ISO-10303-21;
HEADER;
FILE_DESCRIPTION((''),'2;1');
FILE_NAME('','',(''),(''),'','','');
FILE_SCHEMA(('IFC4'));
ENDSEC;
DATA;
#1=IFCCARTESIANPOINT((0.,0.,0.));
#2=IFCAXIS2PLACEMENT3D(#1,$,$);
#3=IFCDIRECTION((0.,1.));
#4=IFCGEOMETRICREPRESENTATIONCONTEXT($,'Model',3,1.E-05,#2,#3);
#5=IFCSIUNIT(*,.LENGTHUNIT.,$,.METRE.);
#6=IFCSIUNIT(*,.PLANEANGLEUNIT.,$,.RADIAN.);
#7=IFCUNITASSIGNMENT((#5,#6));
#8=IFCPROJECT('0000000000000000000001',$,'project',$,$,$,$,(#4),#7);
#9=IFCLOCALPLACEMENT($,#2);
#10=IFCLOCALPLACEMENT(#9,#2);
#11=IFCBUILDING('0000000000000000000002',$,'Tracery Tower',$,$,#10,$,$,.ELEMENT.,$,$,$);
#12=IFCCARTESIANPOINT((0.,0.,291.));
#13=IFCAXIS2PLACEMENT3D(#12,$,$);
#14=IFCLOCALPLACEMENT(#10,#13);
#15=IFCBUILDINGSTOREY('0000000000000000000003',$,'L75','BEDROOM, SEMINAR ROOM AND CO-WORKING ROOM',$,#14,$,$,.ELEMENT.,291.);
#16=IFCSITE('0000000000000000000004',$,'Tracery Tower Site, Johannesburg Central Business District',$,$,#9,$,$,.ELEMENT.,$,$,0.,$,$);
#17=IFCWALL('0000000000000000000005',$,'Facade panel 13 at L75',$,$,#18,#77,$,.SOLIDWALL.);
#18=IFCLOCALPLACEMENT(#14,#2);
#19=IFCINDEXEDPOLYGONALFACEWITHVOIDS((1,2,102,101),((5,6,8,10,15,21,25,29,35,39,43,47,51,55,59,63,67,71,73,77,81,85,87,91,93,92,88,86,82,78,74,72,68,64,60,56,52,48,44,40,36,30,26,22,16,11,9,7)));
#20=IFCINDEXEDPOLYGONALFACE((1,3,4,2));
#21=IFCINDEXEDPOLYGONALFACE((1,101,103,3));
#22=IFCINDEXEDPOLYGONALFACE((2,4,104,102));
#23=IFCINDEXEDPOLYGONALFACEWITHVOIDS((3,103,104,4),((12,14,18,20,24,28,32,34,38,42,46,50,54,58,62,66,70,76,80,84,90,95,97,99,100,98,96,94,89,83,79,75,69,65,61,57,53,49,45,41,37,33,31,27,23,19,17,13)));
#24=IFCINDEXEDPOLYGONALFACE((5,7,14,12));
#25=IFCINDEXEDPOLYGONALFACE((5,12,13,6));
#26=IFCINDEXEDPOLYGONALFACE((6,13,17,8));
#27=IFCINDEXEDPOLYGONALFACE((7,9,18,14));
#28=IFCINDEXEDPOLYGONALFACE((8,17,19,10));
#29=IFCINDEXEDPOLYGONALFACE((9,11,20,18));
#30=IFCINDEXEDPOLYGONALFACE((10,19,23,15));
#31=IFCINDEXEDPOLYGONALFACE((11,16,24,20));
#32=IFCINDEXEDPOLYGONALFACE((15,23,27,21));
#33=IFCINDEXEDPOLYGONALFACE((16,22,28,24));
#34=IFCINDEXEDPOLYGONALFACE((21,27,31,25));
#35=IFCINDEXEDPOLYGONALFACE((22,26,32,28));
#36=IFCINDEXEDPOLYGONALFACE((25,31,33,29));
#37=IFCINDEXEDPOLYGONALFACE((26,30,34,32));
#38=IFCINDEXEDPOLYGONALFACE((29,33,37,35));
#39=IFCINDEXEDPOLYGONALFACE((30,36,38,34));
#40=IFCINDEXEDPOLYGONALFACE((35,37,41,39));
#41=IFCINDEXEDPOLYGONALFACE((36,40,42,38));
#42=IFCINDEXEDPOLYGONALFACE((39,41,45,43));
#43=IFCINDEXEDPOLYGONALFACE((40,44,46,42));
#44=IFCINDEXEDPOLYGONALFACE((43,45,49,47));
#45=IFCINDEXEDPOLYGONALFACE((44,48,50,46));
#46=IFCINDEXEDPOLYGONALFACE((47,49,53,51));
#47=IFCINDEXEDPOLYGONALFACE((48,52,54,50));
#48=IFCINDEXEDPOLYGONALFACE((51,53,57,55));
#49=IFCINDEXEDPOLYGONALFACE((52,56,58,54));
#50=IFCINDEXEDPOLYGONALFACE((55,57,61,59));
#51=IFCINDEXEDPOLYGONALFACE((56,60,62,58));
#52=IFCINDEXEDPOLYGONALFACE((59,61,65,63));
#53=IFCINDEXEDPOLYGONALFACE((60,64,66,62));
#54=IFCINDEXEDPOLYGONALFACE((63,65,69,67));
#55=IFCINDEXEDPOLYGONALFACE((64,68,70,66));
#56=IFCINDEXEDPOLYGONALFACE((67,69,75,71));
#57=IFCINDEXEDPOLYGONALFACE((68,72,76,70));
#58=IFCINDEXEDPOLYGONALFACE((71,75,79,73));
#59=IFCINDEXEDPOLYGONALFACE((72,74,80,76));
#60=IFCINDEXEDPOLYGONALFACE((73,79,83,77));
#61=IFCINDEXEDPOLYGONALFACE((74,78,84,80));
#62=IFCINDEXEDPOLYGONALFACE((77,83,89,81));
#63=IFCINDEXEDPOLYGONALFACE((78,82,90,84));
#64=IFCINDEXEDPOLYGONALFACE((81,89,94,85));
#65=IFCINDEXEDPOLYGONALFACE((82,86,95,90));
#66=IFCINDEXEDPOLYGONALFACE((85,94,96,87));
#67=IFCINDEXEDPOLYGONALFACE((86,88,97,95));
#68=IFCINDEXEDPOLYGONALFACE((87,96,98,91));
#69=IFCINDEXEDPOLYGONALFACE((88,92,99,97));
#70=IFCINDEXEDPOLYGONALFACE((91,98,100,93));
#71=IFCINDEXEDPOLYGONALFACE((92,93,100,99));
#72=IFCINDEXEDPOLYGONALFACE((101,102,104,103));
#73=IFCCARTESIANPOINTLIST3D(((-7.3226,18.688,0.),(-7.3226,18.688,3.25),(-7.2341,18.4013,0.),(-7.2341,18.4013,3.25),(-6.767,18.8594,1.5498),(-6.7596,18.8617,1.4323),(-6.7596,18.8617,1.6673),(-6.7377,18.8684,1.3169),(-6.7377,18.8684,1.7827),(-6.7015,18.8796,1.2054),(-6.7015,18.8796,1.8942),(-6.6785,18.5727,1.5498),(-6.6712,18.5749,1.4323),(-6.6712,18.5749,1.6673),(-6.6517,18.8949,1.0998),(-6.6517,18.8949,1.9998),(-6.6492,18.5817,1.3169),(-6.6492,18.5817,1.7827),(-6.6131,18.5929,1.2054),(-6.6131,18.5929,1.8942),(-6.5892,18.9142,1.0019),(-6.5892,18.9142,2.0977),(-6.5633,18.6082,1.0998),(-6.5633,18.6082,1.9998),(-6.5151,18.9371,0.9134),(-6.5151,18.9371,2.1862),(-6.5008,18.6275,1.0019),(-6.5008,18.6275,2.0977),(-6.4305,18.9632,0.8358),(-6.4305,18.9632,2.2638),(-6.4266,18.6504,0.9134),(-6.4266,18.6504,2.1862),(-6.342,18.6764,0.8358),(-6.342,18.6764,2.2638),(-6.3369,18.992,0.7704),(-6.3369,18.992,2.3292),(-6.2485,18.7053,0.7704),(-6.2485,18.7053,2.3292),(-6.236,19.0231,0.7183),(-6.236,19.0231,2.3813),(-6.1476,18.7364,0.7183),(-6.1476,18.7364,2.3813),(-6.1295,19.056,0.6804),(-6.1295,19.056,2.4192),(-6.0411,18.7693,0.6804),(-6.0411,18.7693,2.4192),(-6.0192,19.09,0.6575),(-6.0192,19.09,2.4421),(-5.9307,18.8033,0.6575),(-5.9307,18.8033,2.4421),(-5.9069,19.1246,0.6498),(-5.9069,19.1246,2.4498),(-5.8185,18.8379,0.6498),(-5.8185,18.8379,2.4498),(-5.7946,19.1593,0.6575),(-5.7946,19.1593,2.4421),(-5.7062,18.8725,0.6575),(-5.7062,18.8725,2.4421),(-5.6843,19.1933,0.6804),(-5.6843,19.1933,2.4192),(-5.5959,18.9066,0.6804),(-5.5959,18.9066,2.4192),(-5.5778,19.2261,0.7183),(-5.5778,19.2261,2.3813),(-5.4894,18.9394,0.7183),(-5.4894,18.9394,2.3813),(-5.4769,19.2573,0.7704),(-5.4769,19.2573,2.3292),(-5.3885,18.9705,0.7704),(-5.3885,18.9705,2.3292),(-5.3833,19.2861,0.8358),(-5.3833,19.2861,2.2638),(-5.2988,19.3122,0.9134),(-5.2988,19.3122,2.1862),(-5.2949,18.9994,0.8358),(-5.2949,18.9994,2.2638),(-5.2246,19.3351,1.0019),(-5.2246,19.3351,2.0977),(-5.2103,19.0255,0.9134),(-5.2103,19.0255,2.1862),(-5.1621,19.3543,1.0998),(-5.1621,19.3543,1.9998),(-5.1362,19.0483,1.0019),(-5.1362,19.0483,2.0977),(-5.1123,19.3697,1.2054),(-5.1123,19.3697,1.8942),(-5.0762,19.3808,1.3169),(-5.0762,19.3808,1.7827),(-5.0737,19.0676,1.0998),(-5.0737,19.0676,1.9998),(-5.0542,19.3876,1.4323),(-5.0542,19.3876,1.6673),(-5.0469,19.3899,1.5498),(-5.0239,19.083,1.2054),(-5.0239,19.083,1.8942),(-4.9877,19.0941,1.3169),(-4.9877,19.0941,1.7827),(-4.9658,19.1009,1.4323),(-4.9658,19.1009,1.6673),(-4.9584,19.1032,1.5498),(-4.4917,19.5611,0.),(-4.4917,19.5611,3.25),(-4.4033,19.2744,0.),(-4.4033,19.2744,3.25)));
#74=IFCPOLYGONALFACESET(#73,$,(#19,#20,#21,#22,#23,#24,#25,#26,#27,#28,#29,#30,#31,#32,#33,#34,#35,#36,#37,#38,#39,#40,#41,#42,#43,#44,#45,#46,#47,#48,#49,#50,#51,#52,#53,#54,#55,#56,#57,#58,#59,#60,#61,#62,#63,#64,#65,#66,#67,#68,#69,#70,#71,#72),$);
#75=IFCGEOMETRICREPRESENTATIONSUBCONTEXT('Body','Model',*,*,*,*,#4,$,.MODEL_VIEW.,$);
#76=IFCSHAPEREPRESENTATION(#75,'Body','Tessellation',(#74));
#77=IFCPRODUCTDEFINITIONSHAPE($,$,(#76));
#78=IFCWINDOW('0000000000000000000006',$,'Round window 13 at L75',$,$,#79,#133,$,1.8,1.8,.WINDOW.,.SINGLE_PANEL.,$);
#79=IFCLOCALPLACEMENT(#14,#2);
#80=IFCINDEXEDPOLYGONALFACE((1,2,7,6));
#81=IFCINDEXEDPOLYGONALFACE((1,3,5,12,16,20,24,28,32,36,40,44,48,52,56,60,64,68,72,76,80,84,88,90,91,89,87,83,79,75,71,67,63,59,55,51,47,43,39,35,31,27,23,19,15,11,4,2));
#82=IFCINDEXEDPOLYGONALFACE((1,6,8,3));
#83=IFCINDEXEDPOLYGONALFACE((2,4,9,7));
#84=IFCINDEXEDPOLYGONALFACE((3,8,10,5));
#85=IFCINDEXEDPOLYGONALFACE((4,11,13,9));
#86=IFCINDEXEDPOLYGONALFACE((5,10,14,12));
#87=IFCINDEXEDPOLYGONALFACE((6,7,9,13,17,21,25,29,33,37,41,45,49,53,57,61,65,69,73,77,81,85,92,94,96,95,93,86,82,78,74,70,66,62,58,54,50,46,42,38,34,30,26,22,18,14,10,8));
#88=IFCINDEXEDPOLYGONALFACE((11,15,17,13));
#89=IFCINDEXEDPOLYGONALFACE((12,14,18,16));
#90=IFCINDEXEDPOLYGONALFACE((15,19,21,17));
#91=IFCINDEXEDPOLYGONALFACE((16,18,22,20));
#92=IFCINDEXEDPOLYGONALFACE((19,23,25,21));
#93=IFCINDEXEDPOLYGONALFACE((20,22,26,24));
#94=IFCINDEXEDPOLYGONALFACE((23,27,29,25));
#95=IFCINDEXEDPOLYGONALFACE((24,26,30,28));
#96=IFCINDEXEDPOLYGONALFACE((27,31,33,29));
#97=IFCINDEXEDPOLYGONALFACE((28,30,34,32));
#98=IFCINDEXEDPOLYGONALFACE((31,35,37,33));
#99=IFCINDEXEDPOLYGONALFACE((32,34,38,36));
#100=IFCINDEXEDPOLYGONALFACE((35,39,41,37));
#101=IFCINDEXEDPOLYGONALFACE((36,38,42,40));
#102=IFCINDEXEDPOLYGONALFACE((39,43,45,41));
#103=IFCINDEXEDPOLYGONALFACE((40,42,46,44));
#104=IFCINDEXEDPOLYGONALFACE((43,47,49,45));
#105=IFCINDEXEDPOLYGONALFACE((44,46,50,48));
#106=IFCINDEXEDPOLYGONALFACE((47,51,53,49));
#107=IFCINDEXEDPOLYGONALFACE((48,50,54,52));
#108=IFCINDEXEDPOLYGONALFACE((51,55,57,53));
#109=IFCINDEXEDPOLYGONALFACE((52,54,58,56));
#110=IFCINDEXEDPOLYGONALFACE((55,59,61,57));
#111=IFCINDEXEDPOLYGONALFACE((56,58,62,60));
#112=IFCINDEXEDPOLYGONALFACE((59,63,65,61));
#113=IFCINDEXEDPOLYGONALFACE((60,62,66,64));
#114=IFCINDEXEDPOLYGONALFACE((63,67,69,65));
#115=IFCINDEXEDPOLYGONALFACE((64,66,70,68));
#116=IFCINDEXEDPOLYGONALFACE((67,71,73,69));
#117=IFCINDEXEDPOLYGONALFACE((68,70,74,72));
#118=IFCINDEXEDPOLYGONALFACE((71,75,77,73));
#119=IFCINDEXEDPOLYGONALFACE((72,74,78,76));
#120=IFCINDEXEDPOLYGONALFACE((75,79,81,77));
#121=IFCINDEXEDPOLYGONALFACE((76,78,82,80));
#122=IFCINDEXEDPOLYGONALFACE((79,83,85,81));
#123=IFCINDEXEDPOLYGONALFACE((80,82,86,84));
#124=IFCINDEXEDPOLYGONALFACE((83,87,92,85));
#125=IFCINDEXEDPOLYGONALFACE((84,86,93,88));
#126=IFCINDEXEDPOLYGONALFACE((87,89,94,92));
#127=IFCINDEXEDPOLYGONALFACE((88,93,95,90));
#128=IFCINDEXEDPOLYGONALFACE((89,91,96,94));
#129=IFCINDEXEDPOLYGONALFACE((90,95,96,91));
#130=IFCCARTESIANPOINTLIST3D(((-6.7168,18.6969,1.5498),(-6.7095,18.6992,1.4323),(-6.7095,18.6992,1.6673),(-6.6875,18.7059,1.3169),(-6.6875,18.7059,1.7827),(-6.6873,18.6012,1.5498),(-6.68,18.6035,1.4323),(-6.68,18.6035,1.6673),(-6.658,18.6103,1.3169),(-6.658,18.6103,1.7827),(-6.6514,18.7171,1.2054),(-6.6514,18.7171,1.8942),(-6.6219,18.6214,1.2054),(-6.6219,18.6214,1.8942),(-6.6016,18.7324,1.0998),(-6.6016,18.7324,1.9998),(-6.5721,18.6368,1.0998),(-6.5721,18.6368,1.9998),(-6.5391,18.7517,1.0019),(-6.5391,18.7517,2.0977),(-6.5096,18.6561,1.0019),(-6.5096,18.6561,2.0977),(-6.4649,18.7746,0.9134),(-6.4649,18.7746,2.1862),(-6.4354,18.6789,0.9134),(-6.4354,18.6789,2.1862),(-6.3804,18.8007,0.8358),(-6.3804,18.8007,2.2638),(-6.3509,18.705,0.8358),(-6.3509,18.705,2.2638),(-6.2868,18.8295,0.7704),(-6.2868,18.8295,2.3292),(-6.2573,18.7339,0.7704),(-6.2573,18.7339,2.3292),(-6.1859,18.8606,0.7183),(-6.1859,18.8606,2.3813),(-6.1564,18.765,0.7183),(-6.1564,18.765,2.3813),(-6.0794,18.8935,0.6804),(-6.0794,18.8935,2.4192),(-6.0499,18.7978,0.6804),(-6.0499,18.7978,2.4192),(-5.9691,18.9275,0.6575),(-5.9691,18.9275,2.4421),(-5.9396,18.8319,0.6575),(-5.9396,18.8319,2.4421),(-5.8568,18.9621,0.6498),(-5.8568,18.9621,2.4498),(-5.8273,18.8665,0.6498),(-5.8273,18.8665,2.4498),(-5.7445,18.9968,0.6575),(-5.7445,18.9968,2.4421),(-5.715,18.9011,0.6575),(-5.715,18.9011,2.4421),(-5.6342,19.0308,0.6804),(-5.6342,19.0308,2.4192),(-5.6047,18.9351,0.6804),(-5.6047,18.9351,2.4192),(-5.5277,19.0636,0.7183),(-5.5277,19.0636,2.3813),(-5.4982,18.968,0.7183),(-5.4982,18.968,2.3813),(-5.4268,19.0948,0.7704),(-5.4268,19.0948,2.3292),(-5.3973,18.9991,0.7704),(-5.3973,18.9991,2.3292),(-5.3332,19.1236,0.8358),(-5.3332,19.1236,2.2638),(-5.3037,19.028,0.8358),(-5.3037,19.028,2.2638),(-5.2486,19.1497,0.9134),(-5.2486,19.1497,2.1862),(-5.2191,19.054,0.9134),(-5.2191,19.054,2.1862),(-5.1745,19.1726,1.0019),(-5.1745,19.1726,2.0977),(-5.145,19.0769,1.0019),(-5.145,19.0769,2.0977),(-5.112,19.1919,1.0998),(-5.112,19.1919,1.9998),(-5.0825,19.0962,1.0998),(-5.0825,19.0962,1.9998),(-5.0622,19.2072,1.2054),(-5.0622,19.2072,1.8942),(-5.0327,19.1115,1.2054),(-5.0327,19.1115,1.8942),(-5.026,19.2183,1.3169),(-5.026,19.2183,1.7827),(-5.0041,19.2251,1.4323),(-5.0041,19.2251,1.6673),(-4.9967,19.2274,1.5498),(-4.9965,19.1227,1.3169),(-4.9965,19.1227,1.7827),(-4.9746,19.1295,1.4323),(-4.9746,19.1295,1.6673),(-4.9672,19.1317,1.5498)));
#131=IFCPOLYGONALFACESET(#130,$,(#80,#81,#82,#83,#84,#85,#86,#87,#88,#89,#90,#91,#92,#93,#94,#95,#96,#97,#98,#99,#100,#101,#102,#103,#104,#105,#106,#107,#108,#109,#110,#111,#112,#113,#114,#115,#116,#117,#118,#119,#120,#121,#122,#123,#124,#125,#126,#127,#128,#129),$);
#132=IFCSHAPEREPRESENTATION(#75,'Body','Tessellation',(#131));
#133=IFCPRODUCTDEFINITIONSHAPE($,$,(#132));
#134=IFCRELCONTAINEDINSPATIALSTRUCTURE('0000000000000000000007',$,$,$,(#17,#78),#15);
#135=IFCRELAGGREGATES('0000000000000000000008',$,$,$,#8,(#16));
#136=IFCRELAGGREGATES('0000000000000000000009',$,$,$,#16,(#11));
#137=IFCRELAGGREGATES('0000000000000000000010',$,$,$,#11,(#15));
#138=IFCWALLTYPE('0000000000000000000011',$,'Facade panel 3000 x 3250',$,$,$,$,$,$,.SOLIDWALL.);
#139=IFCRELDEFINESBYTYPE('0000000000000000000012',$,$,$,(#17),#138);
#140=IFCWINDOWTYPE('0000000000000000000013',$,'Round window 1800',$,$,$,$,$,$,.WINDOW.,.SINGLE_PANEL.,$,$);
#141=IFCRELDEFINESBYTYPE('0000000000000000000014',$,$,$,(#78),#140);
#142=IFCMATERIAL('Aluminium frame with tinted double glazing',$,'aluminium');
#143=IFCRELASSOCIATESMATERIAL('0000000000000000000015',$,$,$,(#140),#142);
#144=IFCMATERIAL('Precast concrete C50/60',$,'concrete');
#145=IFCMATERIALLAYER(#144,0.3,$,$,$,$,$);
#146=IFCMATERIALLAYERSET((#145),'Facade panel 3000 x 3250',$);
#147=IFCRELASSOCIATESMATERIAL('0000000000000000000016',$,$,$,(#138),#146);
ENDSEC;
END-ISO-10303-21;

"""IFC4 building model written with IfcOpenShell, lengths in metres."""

from ifc_helpers import new_model, si_unit, direction, frame, frame_2d, origin, origin_2d, place, context, subcontext, project, spatial, rectangle, circle, extrude, material, layer, layer_set, type_object, element, fill, save


model = new_model("IFC4")

# Units and contexts
model_context = context("Model", 3, precision=1e-05, world=origin(), true_north=direction((0.0, 1.0)))
body_context = subcontext(model_context, "Body", "Model", "MODEL_VIEW")
ifc_project = project(units=[si_unit("LENGTHUNIT", "METRE"), si_unit("PLANEANGLEUNIT", "RADIAN")], contexts=[model_context])

# Site, building, storey
site_placement = place(None, origin())
site = spatial("IfcSite", under=ifc_project, at=site_placement, Name="Tracery Tower Site, Johannesburg Central Business District", CompositionType="ELEMENT", RefElevation=0.0)
building_placement = place(site_placement, origin())
building = spatial("IfcBuilding", under=site, at=building_placement, Name="Tracery Tower", CompositionType="ELEMENT")
storey_placement = place(building_placement, frame((0.0, 0.0, 291.0)))
storey = spatial("IfcBuildingStorey", under=building, at=storey_placement, Name="L75", Description="BEDROOM, SEMINAR ROOM AND CO-WORKING ROOM", CompositionType="ELEMENT", Elevation=291.0)

# Wall, opening, window
ifc_material_1 = material(Name="Aluminium frame with tinted double glazing", Category="aluminium")
window_type = type_object("IfcWindowType", Name="Round window 1800", PartitioningType="SINGLE_PANEL", PredefinedType="WINDOW", material=ifc_material_1)
ifc_material_2 = material(Name="Precast concrete C50/60", Category="concrete")
ifc_layer_1 = layer(ifc_material_2, 0.3)
ifc_layer_set_1 = layer_set([ifc_layer_1], Name="Facade panel 3000 x 3250")
wall_type_1 = type_object("IfcWallType", Name="Facade panel 3000 x 3250", PredefinedType="SOLIDWALL", material=ifc_layer_set_1)
wall_1_placement = place(storey_placement, frame((-4.4475, 19.4177, 0.0), z_axis=(0.0, 0.0, 1.0), x_axis=(-0.955586, -0.294711, 0.0)))
wall_1 = element("IfcWall", 1, at=wall_1_placement, inside=storey, type_object=wall_type_1, Name="Facade panel 13 at L75", PredefinedType="SOLIDWALL", context=body_context, shape_type="SweptSolid", body=[
    extrude(rectangle(XDim=2.9624, YDim=0.3, at=frame_2d((1.4812, 0.0))), origin(), (0.0, 0.0, 1.0), 3.25),
])
opening_1_placement = place(wall_1_placement, frame((1.481, 0.0, 1.5498)))
opening_1 = element("IfcOpeningElement", 2, at=opening_1_placement, cuts=wall_1, PredefinedType="OPENING", context=body_context, shape_type="SweptSolid", body=[
    extrude(circle(Radius=0.9, at=origin_2d()), frame((0.0, 0.1599, 0.0), z_axis=(0.0, -1.0, 0.0), x_axis=(1.0, 0.0, 0.0)), (0.0, 0.0, 1.0), 0.3201),
])
window_1_placement = place(opening_1_placement, origin())
window_1 = element("IfcWindow", 3, at=window_1_placement, inside=storey, type_object=window_type, Name="Round window 13 at L75", OverallHeight=1.8, OverallWidth=1.8, PartitioningType="SINGLE_PANEL", PredefinedType="WINDOW", context=body_context, shape_type="SweptSolid", body=[
    extrude(circle(Radius=0.9, at=origin_2d()), frame((0.0, 0.1201, 0.0), z_axis=(0.0, -1.0, 0.0), x_axis=(1.0, 0.0, 0.0)), (0.0, 0.0, 1.0), 0.1001),
])
fill(opening_1, window_1)

save(model, "model.ifc")
